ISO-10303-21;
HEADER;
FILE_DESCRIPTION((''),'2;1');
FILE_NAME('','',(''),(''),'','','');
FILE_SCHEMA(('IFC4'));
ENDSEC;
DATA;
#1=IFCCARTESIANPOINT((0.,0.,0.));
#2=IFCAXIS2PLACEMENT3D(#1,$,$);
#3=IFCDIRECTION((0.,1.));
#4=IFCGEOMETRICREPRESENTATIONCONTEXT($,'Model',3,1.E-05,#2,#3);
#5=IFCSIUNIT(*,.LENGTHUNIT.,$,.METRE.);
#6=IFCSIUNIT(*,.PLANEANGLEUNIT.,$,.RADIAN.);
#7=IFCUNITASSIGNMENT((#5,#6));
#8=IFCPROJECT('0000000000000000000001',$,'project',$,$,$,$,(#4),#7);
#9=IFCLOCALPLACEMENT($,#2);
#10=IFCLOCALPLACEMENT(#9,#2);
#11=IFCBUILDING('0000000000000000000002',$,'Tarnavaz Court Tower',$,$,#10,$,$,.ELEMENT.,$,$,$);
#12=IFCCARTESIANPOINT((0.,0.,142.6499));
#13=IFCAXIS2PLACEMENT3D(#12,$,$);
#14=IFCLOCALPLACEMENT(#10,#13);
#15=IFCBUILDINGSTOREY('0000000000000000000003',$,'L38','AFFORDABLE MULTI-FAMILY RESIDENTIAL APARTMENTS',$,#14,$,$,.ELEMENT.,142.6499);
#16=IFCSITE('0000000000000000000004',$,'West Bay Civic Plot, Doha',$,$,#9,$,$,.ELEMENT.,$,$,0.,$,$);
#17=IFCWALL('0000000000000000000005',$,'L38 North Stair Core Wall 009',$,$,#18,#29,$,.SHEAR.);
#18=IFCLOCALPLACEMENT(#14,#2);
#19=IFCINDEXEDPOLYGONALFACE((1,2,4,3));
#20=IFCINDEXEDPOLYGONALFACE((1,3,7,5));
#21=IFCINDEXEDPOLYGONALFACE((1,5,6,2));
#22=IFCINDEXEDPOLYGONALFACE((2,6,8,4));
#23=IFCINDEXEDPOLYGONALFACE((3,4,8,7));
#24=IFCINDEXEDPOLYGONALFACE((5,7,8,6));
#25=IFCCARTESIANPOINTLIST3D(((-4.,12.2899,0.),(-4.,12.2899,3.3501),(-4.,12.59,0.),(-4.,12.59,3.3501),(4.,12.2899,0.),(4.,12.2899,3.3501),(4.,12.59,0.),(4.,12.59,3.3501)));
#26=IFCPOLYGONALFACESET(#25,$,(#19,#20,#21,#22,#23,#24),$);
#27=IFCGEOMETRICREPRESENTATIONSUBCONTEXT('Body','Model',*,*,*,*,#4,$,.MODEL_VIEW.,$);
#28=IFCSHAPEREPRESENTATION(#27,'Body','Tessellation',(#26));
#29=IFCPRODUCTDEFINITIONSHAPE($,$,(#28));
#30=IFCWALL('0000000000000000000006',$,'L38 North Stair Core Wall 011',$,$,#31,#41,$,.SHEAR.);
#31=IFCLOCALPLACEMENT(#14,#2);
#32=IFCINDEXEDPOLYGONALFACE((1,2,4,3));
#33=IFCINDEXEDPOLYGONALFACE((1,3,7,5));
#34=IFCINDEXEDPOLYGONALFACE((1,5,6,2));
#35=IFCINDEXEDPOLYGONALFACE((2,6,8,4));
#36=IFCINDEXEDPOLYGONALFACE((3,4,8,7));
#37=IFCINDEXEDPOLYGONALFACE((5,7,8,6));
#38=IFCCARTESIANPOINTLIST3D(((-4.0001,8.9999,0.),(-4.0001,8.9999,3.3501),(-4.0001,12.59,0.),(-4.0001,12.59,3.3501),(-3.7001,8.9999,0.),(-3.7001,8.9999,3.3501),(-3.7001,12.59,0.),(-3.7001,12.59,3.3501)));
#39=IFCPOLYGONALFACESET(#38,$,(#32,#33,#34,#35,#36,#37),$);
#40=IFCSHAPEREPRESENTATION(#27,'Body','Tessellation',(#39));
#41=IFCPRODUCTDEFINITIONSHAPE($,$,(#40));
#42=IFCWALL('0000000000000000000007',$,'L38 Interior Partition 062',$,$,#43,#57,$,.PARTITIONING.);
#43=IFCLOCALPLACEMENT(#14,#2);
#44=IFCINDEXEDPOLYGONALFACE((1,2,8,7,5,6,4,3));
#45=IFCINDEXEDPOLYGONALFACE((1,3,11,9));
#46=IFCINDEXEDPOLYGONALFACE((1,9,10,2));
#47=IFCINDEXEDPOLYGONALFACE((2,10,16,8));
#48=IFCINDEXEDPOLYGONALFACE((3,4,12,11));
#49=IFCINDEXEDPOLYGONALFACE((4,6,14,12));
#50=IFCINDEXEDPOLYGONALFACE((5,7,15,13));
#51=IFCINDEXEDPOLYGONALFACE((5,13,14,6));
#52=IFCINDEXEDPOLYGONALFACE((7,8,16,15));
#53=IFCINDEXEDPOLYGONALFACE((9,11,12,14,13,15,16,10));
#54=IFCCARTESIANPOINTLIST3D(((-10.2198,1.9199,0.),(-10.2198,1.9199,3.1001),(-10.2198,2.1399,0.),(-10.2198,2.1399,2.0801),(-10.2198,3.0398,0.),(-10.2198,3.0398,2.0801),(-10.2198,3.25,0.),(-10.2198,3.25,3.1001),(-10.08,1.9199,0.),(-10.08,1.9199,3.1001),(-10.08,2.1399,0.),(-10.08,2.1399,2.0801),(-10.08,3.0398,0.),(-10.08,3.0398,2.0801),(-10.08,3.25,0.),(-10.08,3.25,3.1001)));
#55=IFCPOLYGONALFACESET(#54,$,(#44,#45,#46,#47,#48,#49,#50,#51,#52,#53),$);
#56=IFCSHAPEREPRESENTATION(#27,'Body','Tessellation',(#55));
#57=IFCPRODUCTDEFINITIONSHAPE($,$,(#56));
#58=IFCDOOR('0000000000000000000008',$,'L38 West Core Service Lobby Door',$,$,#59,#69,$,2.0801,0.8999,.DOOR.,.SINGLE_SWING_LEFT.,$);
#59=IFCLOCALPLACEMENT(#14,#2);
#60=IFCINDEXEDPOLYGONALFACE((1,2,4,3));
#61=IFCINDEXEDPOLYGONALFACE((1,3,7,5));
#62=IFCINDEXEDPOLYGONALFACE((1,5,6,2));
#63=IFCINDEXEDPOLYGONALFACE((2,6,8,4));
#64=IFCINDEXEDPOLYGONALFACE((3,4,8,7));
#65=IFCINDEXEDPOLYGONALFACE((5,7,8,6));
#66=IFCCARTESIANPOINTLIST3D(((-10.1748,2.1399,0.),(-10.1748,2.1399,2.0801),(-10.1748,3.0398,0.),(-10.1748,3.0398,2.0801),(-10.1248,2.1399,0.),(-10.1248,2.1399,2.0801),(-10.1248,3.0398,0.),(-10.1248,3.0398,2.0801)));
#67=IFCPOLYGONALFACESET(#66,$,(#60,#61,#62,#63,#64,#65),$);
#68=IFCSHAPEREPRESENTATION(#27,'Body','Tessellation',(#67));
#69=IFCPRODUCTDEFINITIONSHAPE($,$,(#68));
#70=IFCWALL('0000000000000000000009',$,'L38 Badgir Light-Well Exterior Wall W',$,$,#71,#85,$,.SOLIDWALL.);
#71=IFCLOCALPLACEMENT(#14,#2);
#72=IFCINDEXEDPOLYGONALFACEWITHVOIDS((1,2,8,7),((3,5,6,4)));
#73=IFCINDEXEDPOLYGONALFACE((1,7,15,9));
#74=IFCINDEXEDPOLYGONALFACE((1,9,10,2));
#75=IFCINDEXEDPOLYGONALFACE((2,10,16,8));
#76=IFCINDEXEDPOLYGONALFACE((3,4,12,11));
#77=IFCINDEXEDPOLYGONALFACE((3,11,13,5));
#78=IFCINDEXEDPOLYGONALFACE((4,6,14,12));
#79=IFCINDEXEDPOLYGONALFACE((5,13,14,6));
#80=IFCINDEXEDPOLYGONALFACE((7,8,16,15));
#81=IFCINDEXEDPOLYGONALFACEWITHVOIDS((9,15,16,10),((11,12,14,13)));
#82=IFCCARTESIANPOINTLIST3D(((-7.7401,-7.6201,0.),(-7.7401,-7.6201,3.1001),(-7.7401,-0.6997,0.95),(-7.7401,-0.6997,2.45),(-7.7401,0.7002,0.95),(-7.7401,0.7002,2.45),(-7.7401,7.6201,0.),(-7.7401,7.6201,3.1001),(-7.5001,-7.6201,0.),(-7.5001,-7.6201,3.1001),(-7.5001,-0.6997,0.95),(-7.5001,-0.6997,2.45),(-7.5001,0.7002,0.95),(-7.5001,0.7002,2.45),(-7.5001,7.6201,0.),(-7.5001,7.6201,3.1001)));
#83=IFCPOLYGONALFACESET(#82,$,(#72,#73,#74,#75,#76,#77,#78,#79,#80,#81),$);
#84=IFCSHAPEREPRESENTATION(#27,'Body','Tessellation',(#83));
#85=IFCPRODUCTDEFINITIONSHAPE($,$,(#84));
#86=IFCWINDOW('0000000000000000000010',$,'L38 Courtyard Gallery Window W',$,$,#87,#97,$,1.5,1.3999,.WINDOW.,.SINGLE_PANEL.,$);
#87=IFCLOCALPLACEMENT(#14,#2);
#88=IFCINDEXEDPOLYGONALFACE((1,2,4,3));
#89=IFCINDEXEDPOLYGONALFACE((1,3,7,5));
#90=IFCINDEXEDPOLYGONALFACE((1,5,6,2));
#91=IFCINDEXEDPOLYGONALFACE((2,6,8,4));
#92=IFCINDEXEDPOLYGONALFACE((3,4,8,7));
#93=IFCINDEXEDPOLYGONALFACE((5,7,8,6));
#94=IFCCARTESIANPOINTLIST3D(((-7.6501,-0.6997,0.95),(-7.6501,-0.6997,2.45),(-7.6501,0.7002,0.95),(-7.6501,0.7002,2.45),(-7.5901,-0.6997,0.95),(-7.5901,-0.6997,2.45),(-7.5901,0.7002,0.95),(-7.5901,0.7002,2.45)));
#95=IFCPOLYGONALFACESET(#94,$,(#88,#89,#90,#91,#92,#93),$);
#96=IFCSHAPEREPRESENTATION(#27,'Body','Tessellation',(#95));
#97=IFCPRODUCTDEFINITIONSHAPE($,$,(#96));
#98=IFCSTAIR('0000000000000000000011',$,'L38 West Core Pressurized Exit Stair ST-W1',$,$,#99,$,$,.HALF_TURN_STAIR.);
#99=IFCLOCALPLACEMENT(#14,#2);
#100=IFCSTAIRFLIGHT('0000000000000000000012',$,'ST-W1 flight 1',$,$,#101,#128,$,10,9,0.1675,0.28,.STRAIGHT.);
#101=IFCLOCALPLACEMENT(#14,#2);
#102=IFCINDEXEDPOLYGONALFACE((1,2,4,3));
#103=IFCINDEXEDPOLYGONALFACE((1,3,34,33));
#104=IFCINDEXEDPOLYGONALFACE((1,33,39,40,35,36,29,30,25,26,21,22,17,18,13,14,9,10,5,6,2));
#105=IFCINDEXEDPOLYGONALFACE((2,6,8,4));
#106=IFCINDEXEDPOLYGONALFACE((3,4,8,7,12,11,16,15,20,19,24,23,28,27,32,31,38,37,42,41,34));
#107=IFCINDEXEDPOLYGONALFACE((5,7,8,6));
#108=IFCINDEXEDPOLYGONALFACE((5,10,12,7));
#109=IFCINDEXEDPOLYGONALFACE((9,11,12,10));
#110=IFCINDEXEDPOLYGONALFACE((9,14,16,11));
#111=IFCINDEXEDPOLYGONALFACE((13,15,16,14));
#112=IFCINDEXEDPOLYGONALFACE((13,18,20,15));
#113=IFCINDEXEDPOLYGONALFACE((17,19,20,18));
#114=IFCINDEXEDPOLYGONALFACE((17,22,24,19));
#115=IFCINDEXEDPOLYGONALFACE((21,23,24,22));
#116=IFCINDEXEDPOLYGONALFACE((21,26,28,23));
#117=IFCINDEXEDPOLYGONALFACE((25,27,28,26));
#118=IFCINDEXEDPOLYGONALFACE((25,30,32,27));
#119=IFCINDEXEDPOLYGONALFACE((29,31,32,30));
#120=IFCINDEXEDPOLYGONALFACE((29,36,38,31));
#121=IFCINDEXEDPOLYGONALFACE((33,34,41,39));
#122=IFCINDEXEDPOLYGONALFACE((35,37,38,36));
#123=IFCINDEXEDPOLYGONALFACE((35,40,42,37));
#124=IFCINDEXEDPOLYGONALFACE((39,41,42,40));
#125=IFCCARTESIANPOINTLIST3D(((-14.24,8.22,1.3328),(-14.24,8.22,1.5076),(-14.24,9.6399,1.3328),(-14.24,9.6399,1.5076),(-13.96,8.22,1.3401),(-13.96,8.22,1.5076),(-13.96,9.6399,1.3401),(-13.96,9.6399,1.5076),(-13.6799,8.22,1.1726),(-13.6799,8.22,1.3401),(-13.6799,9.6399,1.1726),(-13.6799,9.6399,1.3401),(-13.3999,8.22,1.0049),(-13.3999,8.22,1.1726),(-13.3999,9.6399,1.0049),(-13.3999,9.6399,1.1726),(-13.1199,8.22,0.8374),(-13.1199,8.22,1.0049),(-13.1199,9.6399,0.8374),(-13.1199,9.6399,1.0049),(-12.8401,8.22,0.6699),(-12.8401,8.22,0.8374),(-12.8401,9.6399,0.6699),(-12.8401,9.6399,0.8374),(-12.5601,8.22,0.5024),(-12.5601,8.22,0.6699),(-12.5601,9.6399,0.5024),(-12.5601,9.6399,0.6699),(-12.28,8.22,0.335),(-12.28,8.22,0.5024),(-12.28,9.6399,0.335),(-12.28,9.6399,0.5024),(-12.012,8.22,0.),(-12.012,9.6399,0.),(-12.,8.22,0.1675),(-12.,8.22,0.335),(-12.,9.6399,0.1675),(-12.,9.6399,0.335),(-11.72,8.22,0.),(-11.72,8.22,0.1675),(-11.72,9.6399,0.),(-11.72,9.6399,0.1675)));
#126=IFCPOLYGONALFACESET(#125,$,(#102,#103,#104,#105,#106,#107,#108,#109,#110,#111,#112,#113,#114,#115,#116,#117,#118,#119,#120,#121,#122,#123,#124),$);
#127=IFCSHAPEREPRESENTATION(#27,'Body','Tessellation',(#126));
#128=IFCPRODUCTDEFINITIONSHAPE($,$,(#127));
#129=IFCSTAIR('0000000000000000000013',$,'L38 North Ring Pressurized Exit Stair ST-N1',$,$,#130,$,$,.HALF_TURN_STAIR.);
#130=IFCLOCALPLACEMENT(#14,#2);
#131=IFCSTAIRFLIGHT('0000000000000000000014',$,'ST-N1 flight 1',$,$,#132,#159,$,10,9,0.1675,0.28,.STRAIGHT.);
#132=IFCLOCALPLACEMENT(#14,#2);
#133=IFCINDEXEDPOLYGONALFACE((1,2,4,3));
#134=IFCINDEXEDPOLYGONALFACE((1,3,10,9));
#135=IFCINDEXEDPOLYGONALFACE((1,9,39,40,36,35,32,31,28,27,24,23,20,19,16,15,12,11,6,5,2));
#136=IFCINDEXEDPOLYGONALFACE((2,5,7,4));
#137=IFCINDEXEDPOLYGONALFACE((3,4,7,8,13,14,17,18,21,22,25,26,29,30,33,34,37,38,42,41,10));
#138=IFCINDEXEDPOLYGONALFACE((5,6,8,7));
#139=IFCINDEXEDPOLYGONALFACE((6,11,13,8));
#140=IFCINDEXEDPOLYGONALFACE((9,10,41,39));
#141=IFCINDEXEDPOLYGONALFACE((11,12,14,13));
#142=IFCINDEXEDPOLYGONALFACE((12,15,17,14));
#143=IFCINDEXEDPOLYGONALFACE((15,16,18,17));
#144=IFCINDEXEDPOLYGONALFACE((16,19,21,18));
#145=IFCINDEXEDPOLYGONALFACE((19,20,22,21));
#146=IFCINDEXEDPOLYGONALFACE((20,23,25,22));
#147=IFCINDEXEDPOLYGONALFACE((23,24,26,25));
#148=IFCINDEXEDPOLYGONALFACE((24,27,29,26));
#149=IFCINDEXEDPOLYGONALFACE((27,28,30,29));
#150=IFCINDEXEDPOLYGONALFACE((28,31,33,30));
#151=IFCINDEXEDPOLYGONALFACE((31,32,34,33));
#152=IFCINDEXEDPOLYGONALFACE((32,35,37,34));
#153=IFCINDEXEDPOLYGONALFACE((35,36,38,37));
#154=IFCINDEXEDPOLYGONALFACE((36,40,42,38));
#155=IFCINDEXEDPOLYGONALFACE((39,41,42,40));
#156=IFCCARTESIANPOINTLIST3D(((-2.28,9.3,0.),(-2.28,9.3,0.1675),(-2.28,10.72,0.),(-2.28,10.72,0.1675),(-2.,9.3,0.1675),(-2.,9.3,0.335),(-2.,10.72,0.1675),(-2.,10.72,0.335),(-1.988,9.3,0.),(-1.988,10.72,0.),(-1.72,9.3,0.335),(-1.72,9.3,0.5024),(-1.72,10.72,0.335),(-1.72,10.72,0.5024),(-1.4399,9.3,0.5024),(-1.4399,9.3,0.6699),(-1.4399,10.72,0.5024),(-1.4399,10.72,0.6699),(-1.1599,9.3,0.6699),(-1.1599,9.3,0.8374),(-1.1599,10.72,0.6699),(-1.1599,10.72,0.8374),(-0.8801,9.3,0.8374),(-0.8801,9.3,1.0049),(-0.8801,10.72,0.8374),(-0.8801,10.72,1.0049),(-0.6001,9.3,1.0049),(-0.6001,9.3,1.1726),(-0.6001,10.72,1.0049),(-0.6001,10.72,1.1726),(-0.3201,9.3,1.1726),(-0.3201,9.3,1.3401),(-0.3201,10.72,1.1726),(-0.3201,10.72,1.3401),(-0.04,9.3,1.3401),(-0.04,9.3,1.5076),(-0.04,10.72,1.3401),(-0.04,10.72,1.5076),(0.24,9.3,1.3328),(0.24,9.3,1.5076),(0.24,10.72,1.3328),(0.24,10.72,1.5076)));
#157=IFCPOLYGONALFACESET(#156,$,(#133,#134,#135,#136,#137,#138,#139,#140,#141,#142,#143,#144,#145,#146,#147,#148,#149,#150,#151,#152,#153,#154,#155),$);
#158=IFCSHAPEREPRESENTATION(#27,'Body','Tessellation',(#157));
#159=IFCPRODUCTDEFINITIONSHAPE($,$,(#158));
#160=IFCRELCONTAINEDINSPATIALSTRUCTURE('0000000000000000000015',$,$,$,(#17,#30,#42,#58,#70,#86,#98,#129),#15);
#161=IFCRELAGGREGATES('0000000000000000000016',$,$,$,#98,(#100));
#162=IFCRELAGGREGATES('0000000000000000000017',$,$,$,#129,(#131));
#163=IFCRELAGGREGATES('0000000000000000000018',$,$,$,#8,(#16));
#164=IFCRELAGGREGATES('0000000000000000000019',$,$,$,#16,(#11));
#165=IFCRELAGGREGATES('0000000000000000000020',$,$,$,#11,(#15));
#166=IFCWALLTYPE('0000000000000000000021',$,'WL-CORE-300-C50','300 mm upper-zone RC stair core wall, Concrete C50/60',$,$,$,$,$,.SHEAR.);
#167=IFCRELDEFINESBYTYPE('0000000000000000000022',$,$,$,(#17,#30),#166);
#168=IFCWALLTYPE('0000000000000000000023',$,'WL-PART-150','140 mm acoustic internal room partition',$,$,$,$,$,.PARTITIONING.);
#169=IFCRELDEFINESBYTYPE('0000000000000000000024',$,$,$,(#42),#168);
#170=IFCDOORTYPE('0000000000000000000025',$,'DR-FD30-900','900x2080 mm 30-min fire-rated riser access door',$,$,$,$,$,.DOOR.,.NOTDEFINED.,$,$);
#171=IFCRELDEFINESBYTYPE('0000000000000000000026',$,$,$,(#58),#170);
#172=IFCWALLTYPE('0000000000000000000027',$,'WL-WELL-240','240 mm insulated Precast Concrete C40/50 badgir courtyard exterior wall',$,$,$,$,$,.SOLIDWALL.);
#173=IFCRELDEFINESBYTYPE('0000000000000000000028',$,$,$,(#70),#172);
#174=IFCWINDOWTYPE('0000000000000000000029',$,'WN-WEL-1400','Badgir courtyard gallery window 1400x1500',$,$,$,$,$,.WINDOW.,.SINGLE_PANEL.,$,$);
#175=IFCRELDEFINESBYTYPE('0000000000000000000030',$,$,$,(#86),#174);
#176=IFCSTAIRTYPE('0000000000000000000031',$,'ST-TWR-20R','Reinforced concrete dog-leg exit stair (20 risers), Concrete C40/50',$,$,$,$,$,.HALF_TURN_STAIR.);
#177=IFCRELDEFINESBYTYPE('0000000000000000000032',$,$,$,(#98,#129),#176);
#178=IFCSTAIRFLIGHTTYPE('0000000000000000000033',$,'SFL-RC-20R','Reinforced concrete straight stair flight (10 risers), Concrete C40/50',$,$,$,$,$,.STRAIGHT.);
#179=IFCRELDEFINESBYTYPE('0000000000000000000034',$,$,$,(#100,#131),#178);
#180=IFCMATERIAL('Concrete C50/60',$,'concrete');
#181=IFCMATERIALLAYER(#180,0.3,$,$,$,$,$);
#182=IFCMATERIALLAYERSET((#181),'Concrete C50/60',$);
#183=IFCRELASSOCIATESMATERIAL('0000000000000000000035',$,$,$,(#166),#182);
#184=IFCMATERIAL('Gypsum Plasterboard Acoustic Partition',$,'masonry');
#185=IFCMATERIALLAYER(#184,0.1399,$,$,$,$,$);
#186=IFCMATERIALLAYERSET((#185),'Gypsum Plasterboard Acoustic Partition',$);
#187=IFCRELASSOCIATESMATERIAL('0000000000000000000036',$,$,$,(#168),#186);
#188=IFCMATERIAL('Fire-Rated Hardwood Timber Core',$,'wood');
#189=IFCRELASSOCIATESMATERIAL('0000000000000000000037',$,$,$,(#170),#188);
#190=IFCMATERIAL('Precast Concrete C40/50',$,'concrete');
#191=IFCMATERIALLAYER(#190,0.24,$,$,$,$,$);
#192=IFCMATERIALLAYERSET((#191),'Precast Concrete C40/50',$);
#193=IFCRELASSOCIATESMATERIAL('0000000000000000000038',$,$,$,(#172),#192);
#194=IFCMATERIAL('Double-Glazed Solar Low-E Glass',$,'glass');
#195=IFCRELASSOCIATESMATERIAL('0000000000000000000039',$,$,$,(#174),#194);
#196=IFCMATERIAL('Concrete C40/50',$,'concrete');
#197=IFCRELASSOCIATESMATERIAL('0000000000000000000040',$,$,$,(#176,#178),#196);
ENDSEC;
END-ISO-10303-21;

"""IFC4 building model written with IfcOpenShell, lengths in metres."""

from ifc_helpers import new_model, si_unit, direction, frame, frame_2d, origin, place, context, subcontext, project, spatial, polyline, rectangle, outline, extrude, material, layer, layer_set, type_object, element, fill, aggregate, save


model = new_model("IFC4")

# Units and contexts
model_context = context("Model", 3, precision=1e-05, world=origin(), true_north=direction((0.0, 1.0)))
body_context = subcontext(model_context, "Body", "Model", "MODEL_VIEW")
ifc_project = project(units=[si_unit("LENGTHUNIT", "METRE"), si_unit("PLANEANGLEUNIT", "RADIAN")], contexts=[model_context])

# Site, building, storey
site_placement = place(None, origin())
site = spatial("IfcSite", under=ifc_project, at=site_placement, Name="West Bay Civic Plot, Doha", CompositionType="ELEMENT", RefElevation=0.0)
building_placement = place(site_placement, origin())
building = spatial("IfcBuilding", under=site, at=building_placement, Name="Tarnavaz Court Tower", CompositionType="ELEMENT")
storey_placement = place(building_placement, frame((0.0, 0.0, 142.6499)))
storey = spatial("IfcBuildingStorey", under=building, at=storey_placement, Name="L38", Description="AFFORDABLE MULTI-FAMILY RESIDENTIAL APARTMENTS", CompositionType="ELEMENT", Elevation=142.6499)

# Wall
ifc_material_1 = material(Name="Concrete C50/60", Category="concrete")
ifc_layer_1 = layer(ifc_material_1, 0.3)
ifc_layer_set_1 = layer_set([ifc_layer_1], Name="Concrete C50/60")
wall_type_1 = type_object("IfcWallType", Name="WL-CORE-300-C50", Description="300 mm upper-zone RC stair core wall, Concrete C50/60", PredefinedType="SHEAR", material=ifc_layer_set_1)
wall_1_placement = place(storey_placement, frame((-4.0, 12.4399, 0.0), z_axis=(0.0, 0.0, 1.0), x_axis=(1.0, 0.0, 0.0)))
element("IfcWall", 1, at=wall_1_placement, inside=storey, type_object=wall_type_1, Name="L38 North Stair Core Wall 009", PredefinedType="SHEAR", context=body_context, shape_type="SweptSolid", body=[
    extrude(rectangle(XDim=8.0, YDim=0.3, at=frame_2d((4.0, 0.0))), origin(), (0.0, 0.0, 1.0), 3.3501),
])

# Shared definitions
ifc_material_2 = material(Name="Fire-Rated Hardwood Timber Core", Category="wood")

# Wall
wall_2_placement = place(storey_placement, frame((-3.8501, 9.0, 0.0), z_axis=(0.0, 0.0, 1.0), x_axis=(0.0, 1.0, 0.0)))
element("IfcWall", 2, at=wall_2_placement, inside=storey, type_object=wall_type_1, Name="L38 North Stair Core Wall 011", PredefinedType="SHEAR", context=body_context, shape_type="SweptSolid", body=[
    extrude(rectangle(XDim=3.5901, YDim=0.3, at=frame_2d((1.7949, 0.0))), origin(), (0.0, 0.0, 1.0), 3.3501),
])

# Wall, opening, door
ifc_material_3 = material(Name="Gypsum Plasterboard Acoustic Partition", Category="masonry")
ifc_layer_2 = layer(ifc_material_3, 0.1399)
ifc_layer_set_2 = layer_set([ifc_layer_2], Name="Gypsum Plasterboard Acoustic Partition")
wall_type_2 = type_object("IfcWallType", Name="WL-PART-150", Description="140 mm acoustic internal room partition", PredefinedType="PARTITIONING", material=ifc_layer_set_2)
wall_3_placement = place(storey_placement, frame((-10.1499, 1.9199, 0.0), z_axis=(0.0, 0.0, 1.0), x_axis=(0.0, 1.0, 0.0)))
wall_3 = element("IfcWall", 3, at=wall_3_placement, inside=storey, type_object=wall_type_2, Name="L38 Interior Partition 062", PredefinedType="PARTITIONING", context=body_context, shape_type="SweptSolid", body=[
    extrude(rectangle(XDim=1.3301, YDim=0.1399, at=frame_2d((0.665, 0.0))), origin(), (0.0, 0.0, 1.0), 3.1001),
])
opening_1_placement = place(wall_3_placement, frame((0.22, 0.0, 0.0)))
opening_1 = element("IfcOpeningElement", 4, at=opening_1_placement, cuts=wall_3, PredefinedType="OPENING", context=body_context, shape_type="SweptSolid", body=[
    extrude(rectangle(XDim=0.8999, YDim=2.0801, at=frame_2d((0.45, 1.04))), frame((0.0, 0.0798, 0.0), z_axis=(0.0, -1.0, 0.0), x_axis=(1.0, 0.0, 0.0)), (0.0, 0.0, 1.0), 0.1599),
])
door_type_1 = type_object("IfcDoorType", Name="DR-FD30-900", Description="900x2080 mm 30-min fire-rated riser access door", OperationType="NOTDEFINED", PredefinedType="DOOR", material=ifc_material_2)
door_1_placement = place(opening_1_placement, origin())
door_1 = element("IfcDoor", 5, at=door_1_placement, inside=storey, type_object=door_type_1, Name="L38 West Core Service Lobby Door", OperationType="SINGLE_SWING_LEFT", OverallHeight=2.0801, OverallWidth=0.8999, PredefinedType="DOOR", context=body_context, shape_type="SweptSolid", body=[
    extrude(rectangle(XDim=0.8999, YDim=2.0801, at=frame_2d((0.45, 1.04))), frame((0.0, 0.0249, 0.0), z_axis=(0.0, -1.0, 0.0), x_axis=(1.0, 0.0, 0.0)), (0.0, 0.0, 1.0), 0.05),
])
fill(opening_1, door_1)

# Wall, opening, window
ifc_material_4 = material(Name="Precast Concrete C40/50", Category="concrete")
ifc_layer_3 = layer(ifc_material_4, 0.24)
ifc_layer_set_3 = layer_set([ifc_layer_3], Name="Precast Concrete C40/50")
wall_type_3 = type_object("IfcWallType", Name="WL-WELL-240", Description="240 mm insulated Precast Concrete C40/50 badgir courtyard exterior wall", PredefinedType="SOLIDWALL", material=ifc_layer_set_3)
wall_4_placement = place(storey_placement, frame((-7.6201, 7.6201, 0.0), z_axis=(0.0, 0.0, 1.0), x_axis=(0.0, -1.0, 0.0)))
wall_4 = element("IfcWall", 6, at=wall_4_placement, inside=storey, type_object=wall_type_3, Name="L38 Badgir Light-Well Exterior Wall W", PredefinedType="SOLIDWALL", context=body_context, shape_type="SweptSolid", body=[
    extrude(rectangle(XDim=15.2402, YDim=0.24, at=frame_2d((7.6201, 0.0))), origin(), (0.0, 0.0, 1.0), 3.1001),
])
opening_2_placement = place(wall_4_placement, frame((6.9199, 0.0, 0.95)))
opening_2 = element("IfcOpeningElement", 7, at=opening_2_placement, cuts=wall_4, PredefinedType="OPENING", context=body_context, shape_type="SweptSolid", body=[
    extrude(rectangle(XDim=1.3999, YDim=1.5, at=frame_2d((0.7, 0.75))), frame((0.0, 0.1299, 0.0), z_axis=(0.0, -1.0, 0.0), x_axis=(1.0, 0.0, 0.0)), (0.0, 0.0, 1.0), 0.26),
])
ifc_material_5 = material(Name="Double-Glazed Solar Low-E Glass", Category="glass")
window_type = type_object("IfcWindowType", Name="WN-WEL-1400", Description="Badgir courtyard gallery window 1400x1500", PartitioningType="SINGLE_PANEL", PredefinedType="WINDOW", material=ifc_material_5)
window_placement = place(opening_2_placement, origin())
window = element("IfcWindow", 8, at=window_placement, inside=storey, type_object=window_type, Name="L38 Courtyard Gallery Window W", OverallHeight=1.5, OverallWidth=1.3999, PartitioningType="SINGLE_PANEL", PredefinedType="WINDOW", context=body_context, shape_type="SweptSolid", body=[
    extrude(rectangle(XDim=1.3999, YDim=1.5, at=frame_2d((0.7, 0.75))), frame((0.0, 0.03, 0.0), z_axis=(0.0, -1.0, 0.0), x_axis=(1.0, 0.0, 0.0)), (0.0, 0.0, 1.0), 0.0601),
])
fill(opening_2, window)

# Stairs, stair flights
ifc_material_6 = material(Name="Concrete C40/50", Category="concrete")
stair_type = type_object("IfcStairType", Name="ST-TWR-20R", Description="Reinforced concrete dog-leg exit stair (20 risers), Concrete C40/50", PredefinedType="HALF_TURN_STAIR", material=ifc_material_6)
stair_1_placement = place(storey_placement, origin())
stair_1 = element("IfcStair", 9, at=stair_1_placement, inside=storey, type_object=stair_type, Name="L38 West Core Pressurized Exit Stair ST-W1", PredefinedType="HALF_TURN_STAIR")
stair_flight_type = type_object("IfcStairFlightType", Name="SFL-RC-20R", Description="Reinforced concrete straight stair flight (10 risers), Concrete C40/50", PredefinedType="STRAIGHT", material=ifc_material_6)
stair_flight_1_placement = place(storey_placement, frame((-11.72, 8.9299, 0.0), z_axis=(0.0, 0.0, 1.0), x_axis=(-1.0, 0.0, 0.0)))
stair_flight_1 = element("IfcStairFlight", 10, at=stair_flight_1_placement, type_object=stair_flight_type, Name="ST-W1 flight 1", NumberOfRisers=10, NumberOfTreads=9, PredefinedType="STRAIGHT", RiserHeight=0.1675, TreadLength=0.28, context=body_context, shape_type="SweptSolid", body=[
    extrude(outline(polyline([(0.0, 0.0), (0.0, 0.1675), (0.28, 0.1675), (0.28, 0.335), (0.5601, 0.335), (0.5601, 0.5024), (0.8401, 0.5024), (0.8401, 0.6699), (1.1201, 0.6699), (1.1201, 0.8374), (1.3999, 0.8374), (1.3999, 1.0049), (1.6799, 1.0049), (1.6799, 1.1726), (1.96, 1.1726), (1.96, 1.3401), (2.24, 1.3401), (2.24, 1.5076), (2.52, 1.5076), (2.52, 1.675), (2.52, 1.3328), (0.292, 0.0), (0.0, 0.0)])), frame((0.0, 0.71, 0.0), z_axis=(0.0, -1.0, 0.0), x_axis=(1.0, 0.0, 0.0)), (0.0, 0.0, 1.0), 1.4199),
])
aggregate(stair_1, [stair_flight_1])
stair_2_placement = place(storey_placement, origin())
stair_2 = element("IfcStair", 11, at=stair_2_placement, inside=storey, type_object=stair_type, Name="L38 North Ring Pressurized Exit Stair ST-N1", PredefinedType="HALF_TURN_STAIR")
stair_flight_2_placement = place(storey_placement, frame((-2.28, 10.01, 0.0), z_axis=(0.0, 0.0, 1.0), x_axis=(1.0, 0.0, 0.0)))
stair_flight_2 = element("IfcStairFlight", 12, at=stair_flight_2_placement, type_object=stair_flight_type, Name="ST-N1 flight 1", NumberOfRisers=10, NumberOfTreads=9, PredefinedType="STRAIGHT", RiserHeight=0.1675, TreadLength=0.28, context=body_context, shape_type="SweptSolid", body=[
    extrude(outline(polyline([(0.0, 0.0), (0.0, 0.1675), (0.28, 0.1675), (0.28, 0.335), (0.5601, 0.335), (0.5601, 0.5024), (0.8401, 0.5024), (0.8401, 0.6699), (1.1201, 0.6699), (1.1201, 0.8374), (1.3999, 0.8374), (1.3999, 1.0049), (1.6799, 1.0049), (1.6799, 1.1726), (1.96, 1.1726), (1.96, 1.3401), (2.24, 1.3401), (2.24, 1.5076), (2.52, 1.5076), (2.52, 1.675), (2.52, 1.3328), (0.292, 0.0), (0.0, 0.0)])), frame((0.0, 0.71, 0.0), z_axis=(0.0, -1.0, 0.0), x_axis=(1.0, 0.0, 0.0)), (0.0, 0.0, 1.0), 1.4199),
])
aggregate(stair_2, [stair_flight_2])

save(model, "model.ifc")
